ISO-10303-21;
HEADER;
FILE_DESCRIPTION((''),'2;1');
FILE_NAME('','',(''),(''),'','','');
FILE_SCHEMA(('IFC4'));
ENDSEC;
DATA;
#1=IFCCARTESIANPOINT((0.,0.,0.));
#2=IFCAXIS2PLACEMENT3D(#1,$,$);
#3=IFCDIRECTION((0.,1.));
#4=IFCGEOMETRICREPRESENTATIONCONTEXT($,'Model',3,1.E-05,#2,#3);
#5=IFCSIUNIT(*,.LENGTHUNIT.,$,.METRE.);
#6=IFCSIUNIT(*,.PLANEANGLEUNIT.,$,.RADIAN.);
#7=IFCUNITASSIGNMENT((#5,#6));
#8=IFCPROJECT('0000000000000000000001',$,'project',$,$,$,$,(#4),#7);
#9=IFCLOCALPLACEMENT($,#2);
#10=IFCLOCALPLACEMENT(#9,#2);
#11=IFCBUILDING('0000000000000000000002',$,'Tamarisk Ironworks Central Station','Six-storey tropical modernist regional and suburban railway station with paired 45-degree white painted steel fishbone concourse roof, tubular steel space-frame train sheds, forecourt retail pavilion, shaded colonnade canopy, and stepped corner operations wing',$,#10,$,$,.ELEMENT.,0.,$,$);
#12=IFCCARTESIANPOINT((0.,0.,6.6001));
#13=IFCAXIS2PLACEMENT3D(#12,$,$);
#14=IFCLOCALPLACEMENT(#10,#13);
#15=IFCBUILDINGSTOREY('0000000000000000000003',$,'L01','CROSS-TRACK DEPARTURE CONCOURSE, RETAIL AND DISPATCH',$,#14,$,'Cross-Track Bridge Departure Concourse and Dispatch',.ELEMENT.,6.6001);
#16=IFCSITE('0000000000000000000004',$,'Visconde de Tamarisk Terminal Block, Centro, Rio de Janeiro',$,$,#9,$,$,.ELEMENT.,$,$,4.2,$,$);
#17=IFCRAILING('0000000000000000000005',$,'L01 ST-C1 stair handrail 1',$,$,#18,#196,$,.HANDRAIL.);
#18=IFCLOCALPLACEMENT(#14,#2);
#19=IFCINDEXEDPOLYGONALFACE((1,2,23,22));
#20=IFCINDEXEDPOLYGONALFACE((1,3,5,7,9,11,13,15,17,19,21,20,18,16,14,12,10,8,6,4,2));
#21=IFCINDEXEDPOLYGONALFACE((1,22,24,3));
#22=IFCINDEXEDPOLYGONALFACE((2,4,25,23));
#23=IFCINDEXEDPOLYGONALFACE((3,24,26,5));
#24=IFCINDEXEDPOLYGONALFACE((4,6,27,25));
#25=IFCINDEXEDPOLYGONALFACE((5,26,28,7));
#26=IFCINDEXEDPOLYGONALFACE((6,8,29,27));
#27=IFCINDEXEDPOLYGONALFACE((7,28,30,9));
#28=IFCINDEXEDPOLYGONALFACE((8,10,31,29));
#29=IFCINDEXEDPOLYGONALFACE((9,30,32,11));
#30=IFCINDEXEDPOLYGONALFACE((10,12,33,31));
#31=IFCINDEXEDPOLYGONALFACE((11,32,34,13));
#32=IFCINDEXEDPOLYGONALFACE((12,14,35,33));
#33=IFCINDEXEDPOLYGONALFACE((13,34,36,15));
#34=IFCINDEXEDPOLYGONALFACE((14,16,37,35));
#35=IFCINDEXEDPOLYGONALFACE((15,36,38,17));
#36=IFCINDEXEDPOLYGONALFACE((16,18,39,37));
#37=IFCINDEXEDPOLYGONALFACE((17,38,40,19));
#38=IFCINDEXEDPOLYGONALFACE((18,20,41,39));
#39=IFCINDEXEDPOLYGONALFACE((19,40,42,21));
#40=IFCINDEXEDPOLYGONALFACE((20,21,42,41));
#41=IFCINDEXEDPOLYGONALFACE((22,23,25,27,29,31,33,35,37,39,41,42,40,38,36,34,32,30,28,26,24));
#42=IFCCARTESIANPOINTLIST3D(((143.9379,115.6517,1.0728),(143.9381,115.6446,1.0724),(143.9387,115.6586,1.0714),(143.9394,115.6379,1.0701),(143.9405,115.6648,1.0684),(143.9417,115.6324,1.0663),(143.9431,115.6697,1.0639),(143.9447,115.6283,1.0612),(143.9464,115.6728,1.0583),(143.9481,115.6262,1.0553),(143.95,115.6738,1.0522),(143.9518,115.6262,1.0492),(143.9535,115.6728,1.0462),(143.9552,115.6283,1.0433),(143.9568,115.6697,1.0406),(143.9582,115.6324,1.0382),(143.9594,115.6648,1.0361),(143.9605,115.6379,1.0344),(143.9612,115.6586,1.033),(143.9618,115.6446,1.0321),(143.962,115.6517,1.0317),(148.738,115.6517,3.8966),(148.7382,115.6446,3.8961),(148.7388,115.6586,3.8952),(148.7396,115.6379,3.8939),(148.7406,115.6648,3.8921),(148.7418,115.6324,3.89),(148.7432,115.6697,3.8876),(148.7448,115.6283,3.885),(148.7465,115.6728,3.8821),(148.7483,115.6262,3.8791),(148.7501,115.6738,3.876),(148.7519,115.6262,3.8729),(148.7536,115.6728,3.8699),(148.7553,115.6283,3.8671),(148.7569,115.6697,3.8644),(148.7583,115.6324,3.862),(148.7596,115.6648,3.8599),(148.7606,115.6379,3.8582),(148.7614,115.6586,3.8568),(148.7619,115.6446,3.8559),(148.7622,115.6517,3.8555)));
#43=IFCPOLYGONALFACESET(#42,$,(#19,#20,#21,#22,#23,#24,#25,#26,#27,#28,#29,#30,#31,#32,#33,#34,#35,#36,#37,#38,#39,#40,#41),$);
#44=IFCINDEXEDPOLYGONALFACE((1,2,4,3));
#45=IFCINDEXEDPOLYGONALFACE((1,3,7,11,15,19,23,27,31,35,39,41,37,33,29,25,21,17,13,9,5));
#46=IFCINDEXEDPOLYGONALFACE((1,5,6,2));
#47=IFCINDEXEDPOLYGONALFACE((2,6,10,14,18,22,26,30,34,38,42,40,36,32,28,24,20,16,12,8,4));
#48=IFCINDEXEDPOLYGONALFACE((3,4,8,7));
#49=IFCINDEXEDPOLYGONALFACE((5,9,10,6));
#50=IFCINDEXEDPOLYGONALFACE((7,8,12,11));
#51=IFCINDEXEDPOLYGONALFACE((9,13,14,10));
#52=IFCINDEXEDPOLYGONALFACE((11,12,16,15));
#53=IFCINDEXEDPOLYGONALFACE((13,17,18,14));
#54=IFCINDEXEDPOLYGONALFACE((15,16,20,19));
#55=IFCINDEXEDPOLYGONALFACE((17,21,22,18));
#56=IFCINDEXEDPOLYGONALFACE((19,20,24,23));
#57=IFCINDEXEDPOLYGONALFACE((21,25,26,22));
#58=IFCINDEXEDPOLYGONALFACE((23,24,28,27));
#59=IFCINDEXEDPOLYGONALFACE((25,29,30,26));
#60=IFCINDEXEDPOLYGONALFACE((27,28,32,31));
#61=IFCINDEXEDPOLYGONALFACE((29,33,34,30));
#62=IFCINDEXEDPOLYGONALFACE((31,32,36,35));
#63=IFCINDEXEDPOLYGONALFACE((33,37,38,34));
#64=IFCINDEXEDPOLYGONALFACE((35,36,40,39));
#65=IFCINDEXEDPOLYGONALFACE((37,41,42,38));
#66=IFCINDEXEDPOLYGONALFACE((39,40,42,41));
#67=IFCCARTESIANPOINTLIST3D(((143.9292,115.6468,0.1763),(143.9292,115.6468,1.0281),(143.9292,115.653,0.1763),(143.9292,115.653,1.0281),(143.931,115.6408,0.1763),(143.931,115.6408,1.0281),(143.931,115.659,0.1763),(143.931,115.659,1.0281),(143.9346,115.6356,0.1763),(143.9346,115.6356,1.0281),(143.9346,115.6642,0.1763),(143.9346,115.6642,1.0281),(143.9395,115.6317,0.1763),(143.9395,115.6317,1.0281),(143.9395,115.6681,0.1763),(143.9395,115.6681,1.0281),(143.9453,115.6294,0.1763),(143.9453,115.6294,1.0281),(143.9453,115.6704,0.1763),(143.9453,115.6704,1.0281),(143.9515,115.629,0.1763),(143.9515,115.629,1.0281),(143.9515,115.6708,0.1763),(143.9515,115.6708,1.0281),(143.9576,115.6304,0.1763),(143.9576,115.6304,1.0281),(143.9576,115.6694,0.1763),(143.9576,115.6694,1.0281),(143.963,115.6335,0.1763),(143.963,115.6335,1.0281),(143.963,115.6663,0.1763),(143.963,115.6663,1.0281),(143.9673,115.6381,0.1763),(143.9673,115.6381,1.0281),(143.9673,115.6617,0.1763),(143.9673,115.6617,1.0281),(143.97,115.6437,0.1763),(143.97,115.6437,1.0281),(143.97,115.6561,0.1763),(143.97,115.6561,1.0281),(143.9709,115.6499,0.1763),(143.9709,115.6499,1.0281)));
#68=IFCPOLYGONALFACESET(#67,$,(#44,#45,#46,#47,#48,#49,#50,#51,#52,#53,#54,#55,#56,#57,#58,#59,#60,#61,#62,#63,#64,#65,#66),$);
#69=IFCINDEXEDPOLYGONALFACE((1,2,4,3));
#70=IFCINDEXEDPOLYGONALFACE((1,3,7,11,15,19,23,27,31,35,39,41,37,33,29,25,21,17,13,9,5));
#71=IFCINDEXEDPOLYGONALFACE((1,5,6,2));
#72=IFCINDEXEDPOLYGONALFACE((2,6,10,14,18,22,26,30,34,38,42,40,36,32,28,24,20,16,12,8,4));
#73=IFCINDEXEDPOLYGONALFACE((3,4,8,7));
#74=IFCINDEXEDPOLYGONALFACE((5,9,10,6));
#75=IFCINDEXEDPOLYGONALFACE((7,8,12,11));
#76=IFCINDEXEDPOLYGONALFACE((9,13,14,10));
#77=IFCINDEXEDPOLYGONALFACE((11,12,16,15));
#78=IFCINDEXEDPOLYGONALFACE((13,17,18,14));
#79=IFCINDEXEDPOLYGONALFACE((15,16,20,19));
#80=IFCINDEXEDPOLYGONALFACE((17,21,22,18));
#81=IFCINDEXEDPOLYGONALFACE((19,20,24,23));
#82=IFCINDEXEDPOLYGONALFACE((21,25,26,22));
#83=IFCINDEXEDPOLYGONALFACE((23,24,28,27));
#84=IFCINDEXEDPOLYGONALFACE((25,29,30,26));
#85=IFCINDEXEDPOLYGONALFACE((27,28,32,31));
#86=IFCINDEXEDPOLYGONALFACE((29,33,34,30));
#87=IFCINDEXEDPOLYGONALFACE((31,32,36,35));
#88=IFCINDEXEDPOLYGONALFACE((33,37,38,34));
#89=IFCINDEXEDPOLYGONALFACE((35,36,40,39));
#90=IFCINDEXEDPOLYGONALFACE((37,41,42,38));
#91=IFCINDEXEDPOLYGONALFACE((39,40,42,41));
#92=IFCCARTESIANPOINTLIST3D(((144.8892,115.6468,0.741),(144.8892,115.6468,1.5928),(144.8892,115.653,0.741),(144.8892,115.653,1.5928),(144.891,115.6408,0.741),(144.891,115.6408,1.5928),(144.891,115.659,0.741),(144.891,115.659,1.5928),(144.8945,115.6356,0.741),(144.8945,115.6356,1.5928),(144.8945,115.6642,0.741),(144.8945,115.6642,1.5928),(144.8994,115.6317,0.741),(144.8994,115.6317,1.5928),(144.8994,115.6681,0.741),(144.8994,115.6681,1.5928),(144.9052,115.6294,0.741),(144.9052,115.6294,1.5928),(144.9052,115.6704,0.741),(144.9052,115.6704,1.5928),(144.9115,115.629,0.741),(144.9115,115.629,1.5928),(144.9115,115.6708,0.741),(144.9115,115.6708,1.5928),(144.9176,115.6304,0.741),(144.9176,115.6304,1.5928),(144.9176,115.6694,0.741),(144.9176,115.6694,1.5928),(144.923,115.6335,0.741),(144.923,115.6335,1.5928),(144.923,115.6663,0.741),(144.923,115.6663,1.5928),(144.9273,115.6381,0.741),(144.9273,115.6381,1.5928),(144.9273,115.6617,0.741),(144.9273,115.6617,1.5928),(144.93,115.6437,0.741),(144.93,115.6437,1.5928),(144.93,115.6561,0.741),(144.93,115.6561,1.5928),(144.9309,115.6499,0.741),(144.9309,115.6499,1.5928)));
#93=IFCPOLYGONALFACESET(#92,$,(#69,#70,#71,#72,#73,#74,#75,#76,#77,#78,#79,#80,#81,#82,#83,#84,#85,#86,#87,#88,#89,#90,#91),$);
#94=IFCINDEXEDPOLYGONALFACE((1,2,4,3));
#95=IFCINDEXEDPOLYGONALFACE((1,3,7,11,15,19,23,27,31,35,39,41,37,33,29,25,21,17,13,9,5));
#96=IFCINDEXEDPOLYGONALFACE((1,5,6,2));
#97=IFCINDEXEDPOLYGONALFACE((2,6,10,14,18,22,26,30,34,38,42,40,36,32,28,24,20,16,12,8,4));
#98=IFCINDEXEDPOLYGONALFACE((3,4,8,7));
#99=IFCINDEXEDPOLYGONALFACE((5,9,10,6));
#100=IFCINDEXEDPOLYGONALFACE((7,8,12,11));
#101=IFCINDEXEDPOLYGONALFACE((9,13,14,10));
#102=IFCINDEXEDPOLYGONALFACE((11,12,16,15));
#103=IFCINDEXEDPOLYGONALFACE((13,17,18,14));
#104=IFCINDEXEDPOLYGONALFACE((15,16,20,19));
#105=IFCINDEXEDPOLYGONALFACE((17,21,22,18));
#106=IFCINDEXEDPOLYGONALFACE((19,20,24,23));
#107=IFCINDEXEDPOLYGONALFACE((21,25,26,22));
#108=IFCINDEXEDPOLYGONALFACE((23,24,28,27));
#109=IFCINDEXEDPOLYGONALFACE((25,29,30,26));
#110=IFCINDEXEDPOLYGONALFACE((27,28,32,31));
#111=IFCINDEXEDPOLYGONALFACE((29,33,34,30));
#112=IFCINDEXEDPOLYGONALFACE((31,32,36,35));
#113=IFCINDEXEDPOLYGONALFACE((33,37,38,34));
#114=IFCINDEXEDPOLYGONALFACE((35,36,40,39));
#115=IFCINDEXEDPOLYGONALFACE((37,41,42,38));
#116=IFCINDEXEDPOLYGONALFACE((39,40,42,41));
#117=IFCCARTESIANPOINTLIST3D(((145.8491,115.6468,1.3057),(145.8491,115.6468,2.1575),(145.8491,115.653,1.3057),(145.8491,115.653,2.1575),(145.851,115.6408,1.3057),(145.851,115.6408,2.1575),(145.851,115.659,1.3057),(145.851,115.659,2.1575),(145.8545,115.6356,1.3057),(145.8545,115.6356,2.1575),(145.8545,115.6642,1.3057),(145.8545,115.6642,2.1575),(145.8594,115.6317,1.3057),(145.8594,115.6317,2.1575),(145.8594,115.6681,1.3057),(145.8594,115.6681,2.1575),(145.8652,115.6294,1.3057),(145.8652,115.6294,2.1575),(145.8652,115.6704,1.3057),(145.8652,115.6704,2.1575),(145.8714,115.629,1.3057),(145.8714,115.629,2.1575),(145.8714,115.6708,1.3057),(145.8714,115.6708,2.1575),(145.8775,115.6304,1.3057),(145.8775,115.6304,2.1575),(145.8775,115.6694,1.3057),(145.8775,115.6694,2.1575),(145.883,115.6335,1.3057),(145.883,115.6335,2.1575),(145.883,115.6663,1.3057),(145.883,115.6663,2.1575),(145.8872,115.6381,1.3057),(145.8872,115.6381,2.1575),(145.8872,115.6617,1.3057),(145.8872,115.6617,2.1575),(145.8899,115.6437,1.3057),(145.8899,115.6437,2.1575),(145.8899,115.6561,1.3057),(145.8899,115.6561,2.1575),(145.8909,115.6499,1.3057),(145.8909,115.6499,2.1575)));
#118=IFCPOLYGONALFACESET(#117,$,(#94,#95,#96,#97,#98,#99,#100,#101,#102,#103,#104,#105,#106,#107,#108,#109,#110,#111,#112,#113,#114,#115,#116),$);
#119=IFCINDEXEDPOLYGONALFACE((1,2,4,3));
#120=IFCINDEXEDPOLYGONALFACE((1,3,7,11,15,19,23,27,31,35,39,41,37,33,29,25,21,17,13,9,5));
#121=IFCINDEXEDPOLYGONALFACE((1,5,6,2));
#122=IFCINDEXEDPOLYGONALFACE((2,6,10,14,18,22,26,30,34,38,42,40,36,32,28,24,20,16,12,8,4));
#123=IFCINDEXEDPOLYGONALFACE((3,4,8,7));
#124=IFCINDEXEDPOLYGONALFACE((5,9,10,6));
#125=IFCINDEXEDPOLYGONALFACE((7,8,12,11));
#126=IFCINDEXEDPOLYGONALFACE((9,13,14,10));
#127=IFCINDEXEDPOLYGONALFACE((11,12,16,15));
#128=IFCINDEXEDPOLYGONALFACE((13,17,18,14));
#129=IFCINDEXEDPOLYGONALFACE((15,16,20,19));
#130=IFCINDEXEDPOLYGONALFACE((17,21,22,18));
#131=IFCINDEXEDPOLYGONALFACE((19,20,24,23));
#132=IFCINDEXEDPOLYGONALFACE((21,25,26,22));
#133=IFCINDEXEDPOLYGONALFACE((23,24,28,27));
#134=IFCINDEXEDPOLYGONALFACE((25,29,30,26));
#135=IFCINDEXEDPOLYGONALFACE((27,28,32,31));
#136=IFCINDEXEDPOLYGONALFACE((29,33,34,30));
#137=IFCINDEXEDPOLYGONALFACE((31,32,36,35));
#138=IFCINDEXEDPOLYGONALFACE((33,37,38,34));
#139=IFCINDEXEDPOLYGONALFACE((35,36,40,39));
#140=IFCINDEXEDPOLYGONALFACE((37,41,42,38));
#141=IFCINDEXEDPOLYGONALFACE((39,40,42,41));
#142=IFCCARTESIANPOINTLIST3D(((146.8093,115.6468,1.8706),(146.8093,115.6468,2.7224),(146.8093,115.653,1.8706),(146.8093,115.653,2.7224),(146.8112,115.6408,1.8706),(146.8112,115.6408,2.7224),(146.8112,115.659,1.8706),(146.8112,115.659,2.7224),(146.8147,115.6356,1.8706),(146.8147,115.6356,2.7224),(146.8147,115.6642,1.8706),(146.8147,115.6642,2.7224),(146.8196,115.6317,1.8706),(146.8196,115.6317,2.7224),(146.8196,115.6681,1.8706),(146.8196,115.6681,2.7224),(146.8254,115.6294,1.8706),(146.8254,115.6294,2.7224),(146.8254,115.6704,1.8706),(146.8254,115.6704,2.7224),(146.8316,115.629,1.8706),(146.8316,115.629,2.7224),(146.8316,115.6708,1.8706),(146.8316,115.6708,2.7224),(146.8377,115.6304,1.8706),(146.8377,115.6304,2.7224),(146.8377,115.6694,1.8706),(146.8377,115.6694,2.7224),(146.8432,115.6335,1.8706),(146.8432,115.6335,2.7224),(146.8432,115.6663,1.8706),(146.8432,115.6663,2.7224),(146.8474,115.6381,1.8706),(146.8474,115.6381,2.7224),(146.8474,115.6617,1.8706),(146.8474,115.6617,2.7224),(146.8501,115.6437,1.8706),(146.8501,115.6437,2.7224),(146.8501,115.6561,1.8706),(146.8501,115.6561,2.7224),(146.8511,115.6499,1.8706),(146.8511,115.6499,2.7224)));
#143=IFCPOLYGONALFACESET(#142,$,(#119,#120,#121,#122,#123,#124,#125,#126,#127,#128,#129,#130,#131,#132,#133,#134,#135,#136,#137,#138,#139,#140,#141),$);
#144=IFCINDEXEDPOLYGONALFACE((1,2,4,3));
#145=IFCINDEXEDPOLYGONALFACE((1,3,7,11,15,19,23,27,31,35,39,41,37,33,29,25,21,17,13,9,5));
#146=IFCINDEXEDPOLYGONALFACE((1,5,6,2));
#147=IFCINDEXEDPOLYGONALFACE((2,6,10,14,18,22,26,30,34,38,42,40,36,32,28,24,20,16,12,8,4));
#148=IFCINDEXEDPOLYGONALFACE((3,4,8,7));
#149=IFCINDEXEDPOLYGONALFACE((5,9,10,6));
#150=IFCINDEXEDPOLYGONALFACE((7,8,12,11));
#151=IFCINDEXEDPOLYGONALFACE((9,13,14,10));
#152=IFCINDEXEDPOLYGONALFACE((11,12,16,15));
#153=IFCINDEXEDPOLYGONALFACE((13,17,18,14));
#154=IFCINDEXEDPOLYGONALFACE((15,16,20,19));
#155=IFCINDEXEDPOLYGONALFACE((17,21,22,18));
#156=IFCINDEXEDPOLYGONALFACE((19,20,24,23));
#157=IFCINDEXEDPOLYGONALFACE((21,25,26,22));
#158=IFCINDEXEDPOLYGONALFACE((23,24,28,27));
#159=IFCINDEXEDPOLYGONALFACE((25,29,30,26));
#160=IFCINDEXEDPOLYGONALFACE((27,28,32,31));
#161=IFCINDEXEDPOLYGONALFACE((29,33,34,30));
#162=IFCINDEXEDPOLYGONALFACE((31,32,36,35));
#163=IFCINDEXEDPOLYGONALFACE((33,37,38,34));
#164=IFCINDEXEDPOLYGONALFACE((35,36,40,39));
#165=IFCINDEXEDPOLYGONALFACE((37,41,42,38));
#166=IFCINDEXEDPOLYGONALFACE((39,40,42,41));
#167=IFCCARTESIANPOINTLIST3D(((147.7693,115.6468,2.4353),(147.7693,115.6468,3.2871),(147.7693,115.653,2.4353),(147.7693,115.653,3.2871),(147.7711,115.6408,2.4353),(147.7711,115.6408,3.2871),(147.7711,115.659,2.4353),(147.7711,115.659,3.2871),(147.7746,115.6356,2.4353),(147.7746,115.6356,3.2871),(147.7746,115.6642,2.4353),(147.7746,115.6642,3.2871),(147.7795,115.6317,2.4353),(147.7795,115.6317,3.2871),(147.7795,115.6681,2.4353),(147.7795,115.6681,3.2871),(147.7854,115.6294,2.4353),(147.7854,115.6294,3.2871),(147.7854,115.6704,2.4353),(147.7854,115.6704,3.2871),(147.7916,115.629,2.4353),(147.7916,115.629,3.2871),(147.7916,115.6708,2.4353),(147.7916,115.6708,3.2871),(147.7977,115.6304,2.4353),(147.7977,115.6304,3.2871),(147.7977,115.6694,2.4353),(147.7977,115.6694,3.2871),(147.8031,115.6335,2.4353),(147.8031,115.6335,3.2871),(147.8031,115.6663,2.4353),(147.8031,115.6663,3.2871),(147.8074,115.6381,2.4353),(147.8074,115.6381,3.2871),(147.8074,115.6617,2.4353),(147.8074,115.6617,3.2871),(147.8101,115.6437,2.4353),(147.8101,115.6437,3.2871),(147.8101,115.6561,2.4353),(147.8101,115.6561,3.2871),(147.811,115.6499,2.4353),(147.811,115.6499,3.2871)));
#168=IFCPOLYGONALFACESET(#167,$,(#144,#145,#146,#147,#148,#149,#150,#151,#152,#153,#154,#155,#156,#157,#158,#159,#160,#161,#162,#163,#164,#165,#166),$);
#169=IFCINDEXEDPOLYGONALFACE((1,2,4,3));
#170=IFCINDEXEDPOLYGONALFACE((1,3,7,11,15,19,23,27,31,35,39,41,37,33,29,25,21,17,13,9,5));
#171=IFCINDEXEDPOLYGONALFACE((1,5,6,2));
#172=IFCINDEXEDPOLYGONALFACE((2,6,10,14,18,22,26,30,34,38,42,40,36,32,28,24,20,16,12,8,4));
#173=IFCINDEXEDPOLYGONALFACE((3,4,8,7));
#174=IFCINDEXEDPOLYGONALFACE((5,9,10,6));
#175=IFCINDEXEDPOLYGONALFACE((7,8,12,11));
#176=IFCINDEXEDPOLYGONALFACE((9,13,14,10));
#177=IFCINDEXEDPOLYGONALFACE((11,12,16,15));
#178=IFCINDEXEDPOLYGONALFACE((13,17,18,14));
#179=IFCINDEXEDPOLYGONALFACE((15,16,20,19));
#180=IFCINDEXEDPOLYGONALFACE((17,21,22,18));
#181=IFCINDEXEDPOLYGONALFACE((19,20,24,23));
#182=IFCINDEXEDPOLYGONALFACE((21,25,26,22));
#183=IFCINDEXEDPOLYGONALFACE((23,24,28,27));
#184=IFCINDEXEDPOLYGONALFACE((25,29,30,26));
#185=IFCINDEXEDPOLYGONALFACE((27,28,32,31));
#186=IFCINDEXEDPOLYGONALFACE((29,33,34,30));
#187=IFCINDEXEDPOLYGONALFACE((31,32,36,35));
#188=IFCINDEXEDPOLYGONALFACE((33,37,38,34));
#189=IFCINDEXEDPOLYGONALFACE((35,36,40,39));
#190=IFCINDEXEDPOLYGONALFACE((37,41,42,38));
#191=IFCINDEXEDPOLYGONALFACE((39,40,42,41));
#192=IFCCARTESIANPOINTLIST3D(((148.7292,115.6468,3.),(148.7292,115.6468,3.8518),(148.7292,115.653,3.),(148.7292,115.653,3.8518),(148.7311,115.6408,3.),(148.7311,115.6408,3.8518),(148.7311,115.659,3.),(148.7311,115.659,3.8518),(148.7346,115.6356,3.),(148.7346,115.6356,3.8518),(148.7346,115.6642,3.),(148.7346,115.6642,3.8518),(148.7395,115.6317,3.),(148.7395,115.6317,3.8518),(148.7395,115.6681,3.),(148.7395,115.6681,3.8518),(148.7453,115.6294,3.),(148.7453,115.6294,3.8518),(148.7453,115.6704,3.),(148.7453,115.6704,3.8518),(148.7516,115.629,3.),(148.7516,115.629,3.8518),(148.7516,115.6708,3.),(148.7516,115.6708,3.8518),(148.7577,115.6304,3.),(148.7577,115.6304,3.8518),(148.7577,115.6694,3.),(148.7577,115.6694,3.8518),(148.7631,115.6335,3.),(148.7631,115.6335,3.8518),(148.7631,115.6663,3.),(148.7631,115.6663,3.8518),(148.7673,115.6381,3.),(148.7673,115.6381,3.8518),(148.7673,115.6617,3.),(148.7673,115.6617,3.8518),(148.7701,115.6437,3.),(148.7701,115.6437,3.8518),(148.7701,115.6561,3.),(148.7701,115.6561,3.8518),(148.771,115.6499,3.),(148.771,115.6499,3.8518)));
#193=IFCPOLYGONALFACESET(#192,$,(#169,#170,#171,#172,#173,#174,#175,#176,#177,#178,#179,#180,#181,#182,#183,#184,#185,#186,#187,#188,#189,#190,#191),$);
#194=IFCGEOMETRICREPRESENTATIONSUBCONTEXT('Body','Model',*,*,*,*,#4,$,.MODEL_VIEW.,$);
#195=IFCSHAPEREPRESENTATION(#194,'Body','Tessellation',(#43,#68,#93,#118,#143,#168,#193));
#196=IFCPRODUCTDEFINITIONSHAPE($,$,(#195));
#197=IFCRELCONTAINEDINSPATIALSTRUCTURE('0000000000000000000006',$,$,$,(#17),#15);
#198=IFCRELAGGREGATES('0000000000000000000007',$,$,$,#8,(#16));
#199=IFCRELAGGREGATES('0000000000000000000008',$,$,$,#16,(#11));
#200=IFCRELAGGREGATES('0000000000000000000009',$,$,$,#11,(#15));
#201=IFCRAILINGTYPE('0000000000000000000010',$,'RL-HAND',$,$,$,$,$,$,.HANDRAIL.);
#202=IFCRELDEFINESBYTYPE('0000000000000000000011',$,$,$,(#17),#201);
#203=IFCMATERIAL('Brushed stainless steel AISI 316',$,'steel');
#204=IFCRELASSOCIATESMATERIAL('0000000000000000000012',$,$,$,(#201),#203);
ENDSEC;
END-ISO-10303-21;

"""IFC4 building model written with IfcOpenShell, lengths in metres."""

from ifc_helpers import new_model, si_unit, direction, frame, origin, origin_2d, place, context, subcontext, project, spatial, circle, extrude, material, type_object, element, save


model = new_model("IFC4")

# Units and contexts
model_context = context("Model", 3, precision=1e-05, world=origin(), true_north=direction((0.0, 1.0)))
body_context = subcontext(model_context, "Body", "Model", "MODEL_VIEW")
ifc_project = project(units=[si_unit("LENGTHUNIT", "METRE"), si_unit("PLANEANGLEUNIT", "RADIAN")], contexts=[model_context])

# Site, building, storey
site_placement = place(None, origin())
site = spatial("IfcSite", under=ifc_project, at=site_placement, Name="Visconde de Tamarisk Terminal Block, Centro, Rio de Janeiro", CompositionType="ELEMENT", RefElevation=4.2)
building_placement = place(site_placement, origin())
building = spatial("IfcBuilding", under=site, at=building_placement, Name="Tamarisk Ironworks Central Station", Description="Six-storey tropical modernist regional and suburban railway station with paired 45-degree white painted steel fishbone concourse roof, tubular steel space-frame train sheds, forecourt retail pavilion, shaded colonnade canopy, and stepped corner operations wing", CompositionType="ELEMENT", ElevationOfRefHeight=0.0)
storey_placement = place(building_placement, frame((0.0, 0.0, 6.6001)))
storey = spatial("IfcBuildingStorey", under=building, at=storey_placement, Name="L01", Description="CROSS-TRACK DEPARTURE CONCOURSE, RETAIL AND DISPATCH", LongName="Cross-Track Bridge Departure Concourse and Dispatch", CompositionType="ELEMENT", Elevation=6.6001)

# Railing
ifc_material_1 = material(Name="Brushed stainless steel AISI 316", Category="steel")
railing_type_1 = type_object("IfcRailingType", Name="RL-HAND", PredefinedType="HANDRAIL", material=ifc_material_1)
railing_1_placement = place(storey_placement, frame((143.95, 115.6499, 0.1763)))
element("IfcRailing", 1, at=railing_1_placement, inside=storey, type_object=railing_type_1, Name="L01 ST-C1 stair handrail 1", PredefinedType="HANDRAIL", context=body_context, shape_type="SweptSolid", body=[
    extrude(circle(Radius=0.0239, at=origin_2d()), frame((0.0, 0.0, 0.876), z_axis=(0.861921, 0.0, 0.507043), x_axis=(0.0, 1.0, 0.0)), (0.0, 0.0, 1.0), 5.5691),
    extrude(circle(Radius=0.021, at=origin_2d()), origin(), (0.0, 0.0, 1.0), 0.8518),
    extrude(circle(Radius=0.021, at=origin_2d()), frame((0.96, 0.0, 0.5647)), (0.0, 0.0, 1.0), 0.8518),
    extrude(circle(Radius=0.021, at=origin_2d()), frame((1.9199, 0.0, 1.1294)), (0.0, 0.0, 1.0), 0.8518),
    extrude(circle(Radius=0.021, at=origin_2d()), frame((2.8801, 0.0, 1.6943)), (0.0, 0.0, 1.0), 0.8518),
    extrude(circle(Radius=0.021, at=origin_2d()), frame((3.8401, 0.0, 2.259)), (0.0, 0.0, 1.0), 0.8518),
    extrude(circle(Radius=0.021, at=origin_2d()), frame((4.8, 0.0, 2.8237)), (0.0, 0.0, 1.0), 0.8518),
])

save(model, "model.ifc")
